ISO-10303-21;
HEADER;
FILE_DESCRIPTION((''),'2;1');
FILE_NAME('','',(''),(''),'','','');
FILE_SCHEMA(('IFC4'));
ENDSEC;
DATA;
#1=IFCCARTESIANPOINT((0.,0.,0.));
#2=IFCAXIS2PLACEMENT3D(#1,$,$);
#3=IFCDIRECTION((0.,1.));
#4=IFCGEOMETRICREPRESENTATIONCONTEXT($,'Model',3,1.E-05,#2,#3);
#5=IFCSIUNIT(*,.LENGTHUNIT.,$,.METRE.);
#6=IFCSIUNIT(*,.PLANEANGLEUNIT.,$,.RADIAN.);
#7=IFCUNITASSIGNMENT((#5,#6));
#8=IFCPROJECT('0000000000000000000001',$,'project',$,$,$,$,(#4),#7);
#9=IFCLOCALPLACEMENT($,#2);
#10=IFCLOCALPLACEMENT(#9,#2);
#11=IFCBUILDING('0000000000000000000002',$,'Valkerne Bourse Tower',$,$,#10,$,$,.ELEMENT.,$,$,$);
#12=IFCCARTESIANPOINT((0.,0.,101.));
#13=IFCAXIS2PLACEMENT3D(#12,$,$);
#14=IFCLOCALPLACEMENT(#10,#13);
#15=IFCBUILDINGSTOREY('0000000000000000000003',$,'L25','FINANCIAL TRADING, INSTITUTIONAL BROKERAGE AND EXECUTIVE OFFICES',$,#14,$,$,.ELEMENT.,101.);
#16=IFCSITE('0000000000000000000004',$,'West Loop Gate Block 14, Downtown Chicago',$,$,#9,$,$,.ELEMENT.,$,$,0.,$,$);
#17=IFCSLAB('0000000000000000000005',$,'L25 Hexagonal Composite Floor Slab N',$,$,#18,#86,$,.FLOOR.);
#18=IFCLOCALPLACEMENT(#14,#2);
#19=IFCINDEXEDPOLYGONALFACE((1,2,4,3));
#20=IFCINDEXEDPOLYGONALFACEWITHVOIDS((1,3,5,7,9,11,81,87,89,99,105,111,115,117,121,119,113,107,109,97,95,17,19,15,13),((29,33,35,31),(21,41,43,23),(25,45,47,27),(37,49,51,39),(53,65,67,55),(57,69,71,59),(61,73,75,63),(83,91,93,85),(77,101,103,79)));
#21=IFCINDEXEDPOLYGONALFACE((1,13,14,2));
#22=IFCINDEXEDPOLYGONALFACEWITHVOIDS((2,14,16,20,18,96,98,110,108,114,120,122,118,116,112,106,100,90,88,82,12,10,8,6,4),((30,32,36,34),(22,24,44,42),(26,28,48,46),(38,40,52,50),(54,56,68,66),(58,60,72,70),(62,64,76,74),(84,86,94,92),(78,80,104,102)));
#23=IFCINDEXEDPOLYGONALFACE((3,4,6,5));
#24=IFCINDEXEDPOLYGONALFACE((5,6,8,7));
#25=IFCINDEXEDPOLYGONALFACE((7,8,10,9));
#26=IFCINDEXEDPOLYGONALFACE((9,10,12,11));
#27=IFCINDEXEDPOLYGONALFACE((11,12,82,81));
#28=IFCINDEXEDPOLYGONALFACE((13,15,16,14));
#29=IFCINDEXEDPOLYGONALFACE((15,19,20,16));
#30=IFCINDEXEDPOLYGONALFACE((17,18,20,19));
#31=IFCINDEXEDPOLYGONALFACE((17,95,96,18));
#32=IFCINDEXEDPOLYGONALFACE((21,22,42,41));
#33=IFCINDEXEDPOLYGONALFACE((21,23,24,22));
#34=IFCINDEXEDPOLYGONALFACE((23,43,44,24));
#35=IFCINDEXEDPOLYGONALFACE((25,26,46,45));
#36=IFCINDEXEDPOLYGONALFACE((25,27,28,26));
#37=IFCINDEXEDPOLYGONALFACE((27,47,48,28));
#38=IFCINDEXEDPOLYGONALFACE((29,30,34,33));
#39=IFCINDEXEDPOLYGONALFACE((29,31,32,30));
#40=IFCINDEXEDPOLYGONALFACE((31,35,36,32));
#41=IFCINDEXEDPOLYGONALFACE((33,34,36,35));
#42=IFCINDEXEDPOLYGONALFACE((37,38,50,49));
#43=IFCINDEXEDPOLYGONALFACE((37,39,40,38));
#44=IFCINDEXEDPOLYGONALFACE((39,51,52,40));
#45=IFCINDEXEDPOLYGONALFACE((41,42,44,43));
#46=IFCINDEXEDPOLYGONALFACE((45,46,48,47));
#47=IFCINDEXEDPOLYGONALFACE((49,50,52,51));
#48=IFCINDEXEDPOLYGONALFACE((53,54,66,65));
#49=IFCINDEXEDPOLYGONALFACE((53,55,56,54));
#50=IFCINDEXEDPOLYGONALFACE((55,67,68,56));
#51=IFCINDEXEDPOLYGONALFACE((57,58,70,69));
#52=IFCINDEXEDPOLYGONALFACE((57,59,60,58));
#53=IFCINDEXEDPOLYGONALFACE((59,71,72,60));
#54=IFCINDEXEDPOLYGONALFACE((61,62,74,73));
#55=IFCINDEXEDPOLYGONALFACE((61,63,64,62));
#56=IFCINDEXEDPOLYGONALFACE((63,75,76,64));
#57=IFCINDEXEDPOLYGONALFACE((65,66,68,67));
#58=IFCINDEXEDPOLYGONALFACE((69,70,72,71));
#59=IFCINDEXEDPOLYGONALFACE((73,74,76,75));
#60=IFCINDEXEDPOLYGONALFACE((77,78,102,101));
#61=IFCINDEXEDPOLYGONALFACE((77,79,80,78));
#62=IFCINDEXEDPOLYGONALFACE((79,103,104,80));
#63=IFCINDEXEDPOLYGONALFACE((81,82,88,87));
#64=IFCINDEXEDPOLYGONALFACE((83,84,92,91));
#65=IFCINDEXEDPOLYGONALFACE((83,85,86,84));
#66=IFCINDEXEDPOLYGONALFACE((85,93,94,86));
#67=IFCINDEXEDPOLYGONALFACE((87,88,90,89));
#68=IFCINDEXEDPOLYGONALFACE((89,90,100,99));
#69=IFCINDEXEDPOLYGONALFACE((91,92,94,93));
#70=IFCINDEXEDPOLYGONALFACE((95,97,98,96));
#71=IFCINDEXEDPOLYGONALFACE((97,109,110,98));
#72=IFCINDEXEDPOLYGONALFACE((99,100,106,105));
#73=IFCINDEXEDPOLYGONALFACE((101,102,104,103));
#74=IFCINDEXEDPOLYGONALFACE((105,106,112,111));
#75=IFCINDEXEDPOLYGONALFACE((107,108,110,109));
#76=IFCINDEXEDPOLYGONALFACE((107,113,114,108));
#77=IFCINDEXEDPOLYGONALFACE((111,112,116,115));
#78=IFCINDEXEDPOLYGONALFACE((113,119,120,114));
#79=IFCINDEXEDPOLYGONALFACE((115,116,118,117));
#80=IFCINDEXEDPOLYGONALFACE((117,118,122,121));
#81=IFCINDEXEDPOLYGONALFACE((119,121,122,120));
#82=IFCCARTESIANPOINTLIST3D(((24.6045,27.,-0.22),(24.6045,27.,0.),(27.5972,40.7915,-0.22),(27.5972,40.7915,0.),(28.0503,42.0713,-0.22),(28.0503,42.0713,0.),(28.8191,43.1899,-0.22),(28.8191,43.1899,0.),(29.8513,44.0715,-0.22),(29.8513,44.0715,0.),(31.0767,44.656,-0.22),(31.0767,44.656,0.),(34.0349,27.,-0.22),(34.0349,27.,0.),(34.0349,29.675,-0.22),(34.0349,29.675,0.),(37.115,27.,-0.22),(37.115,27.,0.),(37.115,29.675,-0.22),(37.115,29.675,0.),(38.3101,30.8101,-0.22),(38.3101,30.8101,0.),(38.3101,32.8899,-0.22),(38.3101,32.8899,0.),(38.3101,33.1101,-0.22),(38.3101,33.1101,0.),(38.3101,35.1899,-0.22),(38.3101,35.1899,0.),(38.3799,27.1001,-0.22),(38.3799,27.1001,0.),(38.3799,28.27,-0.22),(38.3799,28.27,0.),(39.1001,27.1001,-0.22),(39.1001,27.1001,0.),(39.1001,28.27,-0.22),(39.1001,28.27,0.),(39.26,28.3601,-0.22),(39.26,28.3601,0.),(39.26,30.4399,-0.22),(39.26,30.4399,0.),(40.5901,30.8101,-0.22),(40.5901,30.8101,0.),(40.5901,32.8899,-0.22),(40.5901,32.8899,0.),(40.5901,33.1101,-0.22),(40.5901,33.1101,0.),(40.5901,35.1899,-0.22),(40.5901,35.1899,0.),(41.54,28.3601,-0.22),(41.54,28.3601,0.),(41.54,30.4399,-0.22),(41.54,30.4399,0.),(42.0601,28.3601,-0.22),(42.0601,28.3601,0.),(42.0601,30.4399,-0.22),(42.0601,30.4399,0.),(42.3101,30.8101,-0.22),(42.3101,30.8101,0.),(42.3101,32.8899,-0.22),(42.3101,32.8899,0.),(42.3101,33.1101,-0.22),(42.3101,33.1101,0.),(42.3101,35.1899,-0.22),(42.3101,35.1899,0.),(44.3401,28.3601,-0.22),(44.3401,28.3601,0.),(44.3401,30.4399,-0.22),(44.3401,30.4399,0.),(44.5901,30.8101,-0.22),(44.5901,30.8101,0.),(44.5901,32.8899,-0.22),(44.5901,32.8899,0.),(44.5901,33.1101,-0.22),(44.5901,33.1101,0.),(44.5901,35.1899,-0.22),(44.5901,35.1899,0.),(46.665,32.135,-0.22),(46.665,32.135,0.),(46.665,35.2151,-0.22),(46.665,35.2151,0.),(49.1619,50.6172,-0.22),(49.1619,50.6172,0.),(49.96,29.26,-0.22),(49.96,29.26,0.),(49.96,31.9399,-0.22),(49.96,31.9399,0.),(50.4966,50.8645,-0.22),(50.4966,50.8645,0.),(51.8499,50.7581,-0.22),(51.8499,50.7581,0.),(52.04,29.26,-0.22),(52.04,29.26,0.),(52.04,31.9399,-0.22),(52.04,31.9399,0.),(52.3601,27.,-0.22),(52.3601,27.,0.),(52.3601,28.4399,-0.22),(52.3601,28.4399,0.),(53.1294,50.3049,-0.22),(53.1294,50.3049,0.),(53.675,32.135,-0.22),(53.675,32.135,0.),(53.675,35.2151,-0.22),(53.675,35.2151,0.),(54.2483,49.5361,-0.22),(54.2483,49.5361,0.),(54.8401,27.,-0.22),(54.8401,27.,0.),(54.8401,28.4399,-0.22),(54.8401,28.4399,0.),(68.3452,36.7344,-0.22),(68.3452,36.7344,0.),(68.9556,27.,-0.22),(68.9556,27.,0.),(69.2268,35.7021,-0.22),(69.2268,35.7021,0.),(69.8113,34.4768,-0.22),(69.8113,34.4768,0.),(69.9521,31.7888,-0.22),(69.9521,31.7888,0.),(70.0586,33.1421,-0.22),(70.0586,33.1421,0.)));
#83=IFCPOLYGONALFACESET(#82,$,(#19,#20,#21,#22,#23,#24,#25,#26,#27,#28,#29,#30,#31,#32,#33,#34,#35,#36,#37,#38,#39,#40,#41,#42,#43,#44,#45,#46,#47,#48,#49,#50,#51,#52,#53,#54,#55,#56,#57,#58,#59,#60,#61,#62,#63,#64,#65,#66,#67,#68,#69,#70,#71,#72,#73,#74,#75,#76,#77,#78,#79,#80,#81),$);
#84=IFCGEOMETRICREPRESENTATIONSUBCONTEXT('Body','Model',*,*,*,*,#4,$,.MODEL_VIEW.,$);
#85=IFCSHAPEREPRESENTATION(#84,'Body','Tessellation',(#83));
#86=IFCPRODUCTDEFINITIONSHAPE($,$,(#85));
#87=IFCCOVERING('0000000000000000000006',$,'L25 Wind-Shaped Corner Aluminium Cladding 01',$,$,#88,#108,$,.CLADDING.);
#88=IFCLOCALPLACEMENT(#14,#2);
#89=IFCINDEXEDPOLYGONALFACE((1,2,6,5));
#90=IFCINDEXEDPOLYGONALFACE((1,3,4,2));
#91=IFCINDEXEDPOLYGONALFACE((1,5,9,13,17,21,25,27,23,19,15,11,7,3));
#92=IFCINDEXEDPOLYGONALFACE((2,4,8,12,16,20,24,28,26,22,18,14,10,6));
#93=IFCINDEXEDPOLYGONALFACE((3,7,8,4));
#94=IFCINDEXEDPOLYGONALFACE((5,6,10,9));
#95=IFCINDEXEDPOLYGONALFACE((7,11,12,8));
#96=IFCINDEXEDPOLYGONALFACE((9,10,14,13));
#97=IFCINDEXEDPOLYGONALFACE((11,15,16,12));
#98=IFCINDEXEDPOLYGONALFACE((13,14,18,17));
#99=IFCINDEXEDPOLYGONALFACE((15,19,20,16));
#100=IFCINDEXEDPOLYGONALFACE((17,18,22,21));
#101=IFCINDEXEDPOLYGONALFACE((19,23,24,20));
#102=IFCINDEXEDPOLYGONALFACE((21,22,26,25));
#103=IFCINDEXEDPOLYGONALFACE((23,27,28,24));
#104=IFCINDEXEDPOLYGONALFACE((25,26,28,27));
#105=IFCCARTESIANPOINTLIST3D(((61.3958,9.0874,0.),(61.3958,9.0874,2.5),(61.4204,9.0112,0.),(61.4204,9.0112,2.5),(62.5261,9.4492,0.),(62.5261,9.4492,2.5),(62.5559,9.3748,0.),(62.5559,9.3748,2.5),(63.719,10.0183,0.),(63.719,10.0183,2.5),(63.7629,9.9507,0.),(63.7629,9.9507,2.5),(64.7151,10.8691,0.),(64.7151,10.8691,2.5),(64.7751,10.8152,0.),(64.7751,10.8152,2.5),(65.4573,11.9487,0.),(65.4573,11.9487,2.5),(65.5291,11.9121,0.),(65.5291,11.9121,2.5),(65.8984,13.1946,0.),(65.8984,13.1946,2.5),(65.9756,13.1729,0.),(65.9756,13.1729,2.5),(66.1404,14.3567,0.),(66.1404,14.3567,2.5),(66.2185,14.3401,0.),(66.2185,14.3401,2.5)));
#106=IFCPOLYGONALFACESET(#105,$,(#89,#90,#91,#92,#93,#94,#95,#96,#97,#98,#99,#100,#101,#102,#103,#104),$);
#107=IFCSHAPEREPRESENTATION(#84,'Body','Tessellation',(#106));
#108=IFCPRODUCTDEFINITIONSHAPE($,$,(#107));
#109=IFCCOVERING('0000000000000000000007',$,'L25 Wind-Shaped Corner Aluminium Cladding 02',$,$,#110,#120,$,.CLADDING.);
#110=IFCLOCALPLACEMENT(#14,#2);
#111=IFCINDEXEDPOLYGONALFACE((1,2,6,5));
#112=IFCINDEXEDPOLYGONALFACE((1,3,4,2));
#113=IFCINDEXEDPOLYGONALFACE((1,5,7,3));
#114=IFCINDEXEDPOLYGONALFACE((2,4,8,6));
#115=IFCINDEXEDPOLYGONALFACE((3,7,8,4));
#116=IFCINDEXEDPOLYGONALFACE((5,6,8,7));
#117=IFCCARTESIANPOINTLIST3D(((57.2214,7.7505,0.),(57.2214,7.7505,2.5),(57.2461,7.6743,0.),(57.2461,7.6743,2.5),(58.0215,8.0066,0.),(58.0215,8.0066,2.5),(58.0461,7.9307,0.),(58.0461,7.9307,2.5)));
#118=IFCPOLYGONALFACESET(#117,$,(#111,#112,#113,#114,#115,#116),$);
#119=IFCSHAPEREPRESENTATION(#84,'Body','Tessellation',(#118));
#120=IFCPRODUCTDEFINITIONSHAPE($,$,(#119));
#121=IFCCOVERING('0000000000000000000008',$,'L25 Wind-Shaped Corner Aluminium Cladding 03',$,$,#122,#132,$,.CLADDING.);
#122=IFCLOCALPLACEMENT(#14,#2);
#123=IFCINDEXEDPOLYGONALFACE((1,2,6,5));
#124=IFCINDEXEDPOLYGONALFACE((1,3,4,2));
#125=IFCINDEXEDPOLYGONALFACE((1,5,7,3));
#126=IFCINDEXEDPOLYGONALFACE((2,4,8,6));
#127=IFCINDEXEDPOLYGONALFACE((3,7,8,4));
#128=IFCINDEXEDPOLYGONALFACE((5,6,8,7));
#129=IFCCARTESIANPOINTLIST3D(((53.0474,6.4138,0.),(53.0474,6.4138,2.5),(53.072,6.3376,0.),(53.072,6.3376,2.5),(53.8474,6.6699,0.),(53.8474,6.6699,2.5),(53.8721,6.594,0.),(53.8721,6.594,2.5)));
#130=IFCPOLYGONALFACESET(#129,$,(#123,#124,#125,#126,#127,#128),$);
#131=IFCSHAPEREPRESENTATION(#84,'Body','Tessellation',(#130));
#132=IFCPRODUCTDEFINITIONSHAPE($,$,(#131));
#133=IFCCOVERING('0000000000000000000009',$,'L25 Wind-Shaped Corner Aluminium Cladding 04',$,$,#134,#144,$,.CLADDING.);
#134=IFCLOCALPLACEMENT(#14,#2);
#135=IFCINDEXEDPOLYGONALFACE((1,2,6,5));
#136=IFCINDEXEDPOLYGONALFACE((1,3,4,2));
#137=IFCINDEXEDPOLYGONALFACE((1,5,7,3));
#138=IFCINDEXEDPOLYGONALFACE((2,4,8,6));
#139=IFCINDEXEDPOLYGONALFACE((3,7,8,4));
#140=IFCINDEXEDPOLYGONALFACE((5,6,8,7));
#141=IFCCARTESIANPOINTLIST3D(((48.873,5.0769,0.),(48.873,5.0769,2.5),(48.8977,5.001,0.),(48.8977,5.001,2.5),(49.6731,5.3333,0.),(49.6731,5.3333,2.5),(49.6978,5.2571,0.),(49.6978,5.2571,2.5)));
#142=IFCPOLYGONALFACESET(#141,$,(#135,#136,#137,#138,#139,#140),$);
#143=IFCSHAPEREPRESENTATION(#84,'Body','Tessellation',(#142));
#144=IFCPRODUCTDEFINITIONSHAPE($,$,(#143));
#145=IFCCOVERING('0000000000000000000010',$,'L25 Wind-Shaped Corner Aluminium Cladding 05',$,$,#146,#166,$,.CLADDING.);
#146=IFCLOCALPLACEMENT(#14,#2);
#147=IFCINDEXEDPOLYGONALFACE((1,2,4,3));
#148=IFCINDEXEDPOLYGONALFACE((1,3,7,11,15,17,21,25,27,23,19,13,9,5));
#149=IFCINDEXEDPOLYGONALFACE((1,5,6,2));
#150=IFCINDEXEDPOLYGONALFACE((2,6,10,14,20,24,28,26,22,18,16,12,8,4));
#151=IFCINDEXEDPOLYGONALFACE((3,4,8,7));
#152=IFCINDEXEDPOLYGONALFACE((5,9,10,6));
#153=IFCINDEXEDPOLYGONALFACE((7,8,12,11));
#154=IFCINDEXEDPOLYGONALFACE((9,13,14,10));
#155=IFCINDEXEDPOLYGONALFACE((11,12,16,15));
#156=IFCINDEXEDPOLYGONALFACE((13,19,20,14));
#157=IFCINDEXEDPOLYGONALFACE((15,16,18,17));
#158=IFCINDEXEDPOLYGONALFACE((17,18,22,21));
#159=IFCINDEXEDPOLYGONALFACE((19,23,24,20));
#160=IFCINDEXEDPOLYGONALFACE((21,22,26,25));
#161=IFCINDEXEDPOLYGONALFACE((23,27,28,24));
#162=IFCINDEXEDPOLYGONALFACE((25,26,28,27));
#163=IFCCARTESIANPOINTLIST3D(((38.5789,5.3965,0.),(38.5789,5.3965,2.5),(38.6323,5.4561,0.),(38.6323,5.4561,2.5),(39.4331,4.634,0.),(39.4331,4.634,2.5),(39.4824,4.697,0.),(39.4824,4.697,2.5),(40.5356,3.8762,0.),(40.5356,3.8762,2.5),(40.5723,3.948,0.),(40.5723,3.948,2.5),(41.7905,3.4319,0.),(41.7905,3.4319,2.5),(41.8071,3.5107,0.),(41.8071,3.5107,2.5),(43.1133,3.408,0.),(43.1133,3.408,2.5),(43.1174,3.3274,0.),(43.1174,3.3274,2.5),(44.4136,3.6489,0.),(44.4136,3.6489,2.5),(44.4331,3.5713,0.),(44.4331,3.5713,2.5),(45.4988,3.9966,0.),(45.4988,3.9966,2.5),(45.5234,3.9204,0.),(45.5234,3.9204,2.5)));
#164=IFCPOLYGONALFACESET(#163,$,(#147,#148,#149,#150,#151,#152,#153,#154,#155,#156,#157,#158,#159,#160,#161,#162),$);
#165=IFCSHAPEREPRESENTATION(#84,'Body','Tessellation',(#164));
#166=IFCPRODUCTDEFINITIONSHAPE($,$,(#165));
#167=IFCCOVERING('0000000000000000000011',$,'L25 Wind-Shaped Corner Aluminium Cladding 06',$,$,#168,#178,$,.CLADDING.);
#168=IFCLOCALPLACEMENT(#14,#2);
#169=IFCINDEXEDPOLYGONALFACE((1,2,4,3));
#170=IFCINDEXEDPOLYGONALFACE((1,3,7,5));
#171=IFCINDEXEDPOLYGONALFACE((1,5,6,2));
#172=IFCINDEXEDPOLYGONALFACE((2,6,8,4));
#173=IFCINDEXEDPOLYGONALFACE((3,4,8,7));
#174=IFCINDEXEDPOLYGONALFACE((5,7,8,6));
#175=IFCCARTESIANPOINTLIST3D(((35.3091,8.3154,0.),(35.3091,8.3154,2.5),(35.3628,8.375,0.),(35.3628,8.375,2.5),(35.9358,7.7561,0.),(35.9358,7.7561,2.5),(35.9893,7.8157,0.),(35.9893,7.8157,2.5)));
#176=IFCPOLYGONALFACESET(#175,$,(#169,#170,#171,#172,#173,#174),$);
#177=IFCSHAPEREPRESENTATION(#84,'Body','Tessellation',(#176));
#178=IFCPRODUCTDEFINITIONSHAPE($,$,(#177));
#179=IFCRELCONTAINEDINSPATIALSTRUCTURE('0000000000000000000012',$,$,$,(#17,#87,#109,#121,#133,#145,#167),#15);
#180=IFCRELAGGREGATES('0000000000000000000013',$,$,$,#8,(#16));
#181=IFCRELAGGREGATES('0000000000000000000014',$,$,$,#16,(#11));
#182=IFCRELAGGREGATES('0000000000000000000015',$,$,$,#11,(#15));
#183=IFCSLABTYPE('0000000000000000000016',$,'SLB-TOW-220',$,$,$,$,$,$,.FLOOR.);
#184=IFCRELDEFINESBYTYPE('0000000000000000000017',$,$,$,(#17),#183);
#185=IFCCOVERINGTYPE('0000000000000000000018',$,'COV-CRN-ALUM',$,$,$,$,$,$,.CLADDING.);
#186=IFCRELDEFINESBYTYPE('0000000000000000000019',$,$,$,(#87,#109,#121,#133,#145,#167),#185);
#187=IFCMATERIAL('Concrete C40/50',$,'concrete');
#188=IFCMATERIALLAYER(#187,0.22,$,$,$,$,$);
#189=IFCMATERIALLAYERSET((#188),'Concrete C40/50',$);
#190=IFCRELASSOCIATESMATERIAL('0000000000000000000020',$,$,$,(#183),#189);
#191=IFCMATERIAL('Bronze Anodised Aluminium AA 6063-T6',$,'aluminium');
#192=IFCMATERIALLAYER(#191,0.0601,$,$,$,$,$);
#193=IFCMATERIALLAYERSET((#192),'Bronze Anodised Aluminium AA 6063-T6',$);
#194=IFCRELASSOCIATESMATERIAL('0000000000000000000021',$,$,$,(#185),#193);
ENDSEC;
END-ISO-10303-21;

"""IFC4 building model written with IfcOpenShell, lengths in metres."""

from ifc_helpers import new_model, si_unit, direction, frame, origin, place, context, subcontext, project, spatial, polyline, outline, extrude, material, layer, layer_set, type_object, element, save


model = new_model("IFC4")

# Units and contexts
model_context = context("Model", 3, precision=1e-05, world=origin(), true_north=direction((0.0, 1.0)))
body_context = subcontext(model_context, "Body", "Model", "MODEL_VIEW")
ifc_project = project(units=[si_unit("LENGTHUNIT", "METRE"), si_unit("PLANEANGLEUNIT", "RADIAN")], contexts=[model_context])

# Site, building, storey
site_placement = place(None, origin())
site = spatial("IfcSite", under=ifc_project, at=site_placement, Name="West Loop Gate Block 14, Downtown Chicago", CompositionType="ELEMENT", RefElevation=0.0)
building_placement = place(site_placement, origin())
building = spatial("IfcBuilding", under=site, at=building_placement, Name="Valkerne Bourse Tower", CompositionType="ELEMENT")
storey_placement = place(building_placement, frame((0.0, 0.0, 101.0)))
storey = spatial("IfcBuildingStorey", under=building, at=storey_placement, Name="L25", Description="FINANCIAL TRADING, INSTITUTIONAL BROKERAGE AND EXECUTIVE OFFICES", CompositionType="ELEMENT", Elevation=101.0)

# Slab
ifc_material_1 = material(Name="Concrete C40/50", Category="concrete")
ifc_layer_1 = layer(ifc_material_1, 0.22)
ifc_layer_set_1 = layer_set([ifc_layer_1], Name="Concrete C40/50")
slab_type_1 = type_object("IfcSlabType", Name="SLB-TOW-220", PredefinedType="FLOOR", material=ifc_layer_set_1)
slab_1_placement = place(storey_placement, frame((0.0, 0.0, -0.22)))
element("IfcSlab", 1, at=slab_1_placement, inside=storey, type_object=slab_type_1, Name="L25 Hexagonal Composite Floor Slab N", PredefinedType="FLOOR", context=body_context, shape_type="SweptSolid", body=[
    extrude(outline(polyline([(27.5972, 40.7915), (28.0503, 42.0713), (28.8191, 43.1899), (29.8513, 44.0715), (31.0767, 44.656), (49.1619, 50.6172), (50.4966, 50.8645), (51.8499, 50.7581), (53.1294, 50.3049), (54.2483, 49.5361), (68.3452, 36.7344), (69.2268, 35.7021), (69.8113, 34.4768), (70.0586, 33.1421), (69.9521, 31.7888), (68.9556, 27.0), (54.8401, 27.0), (54.8401, 28.4399), (52.3601, 28.4399), (52.3601, 27.0), (37.115, 27.0), (37.115, 29.675), (34.0349, 29.675), (34.0349, 27.0), (24.6045, 27.0), (27.5972, 40.7915)]), holes=[polyline([(39.1001, 28.27), (38.3799, 28.27), (38.3799, 27.1001), (39.1001, 27.1001), (39.1001, 28.27)]), polyline([(41.54, 30.4399), (39.26, 30.4399), (39.26, 28.3601), (41.54, 28.3601), (41.54, 30.4399)]), polyline([(44.3401, 30.4399), (42.0601, 30.4399), (42.0601, 28.3601), (44.3401, 28.3601), (44.3401, 30.4399)]), polyline([(40.5901, 30.8101), (40.5901, 32.8899), (38.3101, 32.8899), (38.3101, 30.8101), (40.5901, 30.8101)]), polyline([(40.5901, 33.1101), (40.5901, 35.1899), (38.3101, 35.1899), (38.3101, 33.1101), (40.5901, 33.1101)]), polyline([(52.04, 31.9399), (49.96, 31.9399), (49.96, 29.26), (52.04, 29.26), (52.04, 31.9399)]), polyline([(44.5901, 32.8899), (42.3101, 32.8899), (42.3101, 30.8101), (44.5901, 30.8101), (44.5901, 32.8899)]), polyline([(53.675, 32.135), (53.675, 35.2151), (46.665, 35.2151), (46.665, 32.135), (53.675, 32.135)]), polyline([(44.5901, 33.1101), (44.5901, 35.1899), (42.3101, 35.1899), (42.3101, 33.1101), (44.5901, 33.1101)])]), origin(), (0.0, 0.0, 1.0), 0.22),
])

# Coverings
ifc_material_2 = material(Name="Bronze Anodised Aluminium AA 6063-T6", Category="aluminium")
ifc_layer_2 = layer(ifc_material_2, 0.0601)
ifc_layer_set_2 = layer_set([ifc_layer_2], Name="Bronze Anodised Aluminium AA 6063-T6")
covering_type = type_object("IfcCoveringType", Name="COV-CRN-ALUM", PredefinedType="CLADDING", material=ifc_layer_set_2)
covering_1_placement = place(storey_placement, origin())
element("IfcCovering", 2, at=covering_1_placement, inside=storey, type_object=covering_type, Name="L25 Wind-Shaped Corner Aluminium Cladding 01", PredefinedType="CLADDING", context=body_context, shape_type="SweptSolid", body=[
    extrude(outline(polyline([(65.5291, 11.9121), (64.7751, 10.8152), (63.7629, 9.9507), (62.5559, 9.3748), (61.4204, 9.0112), (61.3958, 9.0874), (62.5261, 9.4492), (63.719, 10.0183), (64.7151, 10.8691), (65.4573, 11.9487), (65.8984, 13.1946), (66.1404, 14.3567), (66.2185, 14.3401), (65.9756, 13.1729), (65.5291, 11.9121)])), origin(), (0.0, 0.0, 1.0), 2.5),
])
covering_2_placement = place(storey_placement, origin())
element("IfcCovering", 3, at=covering_2_placement, inside=storey, type_object=covering_type, Name="L25 Wind-Shaped Corner Aluminium Cladding 02", PredefinedType="CLADDING", context=body_context, shape_type="SweptSolid", body=[
    extrude(outline(polyline([(57.2461, 7.6743), (57.2214, 7.7505), (58.0215, 8.0066), (58.0461, 7.9307), (57.2461, 7.6743)])), origin(), (0.0, 0.0, 1.0), 2.5),
])
covering_3_placement = place(storey_placement, origin())
element("IfcCovering", 4, at=covering_3_placement, inside=storey, type_object=covering_type, Name="L25 Wind-Shaped Corner Aluminium Cladding 03", PredefinedType="CLADDING", context=body_context, shape_type="SweptSolid", body=[
    extrude(outline(polyline([(53.072, 6.3376), (53.0474, 6.4138), (53.8474, 6.6699), (53.8721, 6.594), (53.072, 6.3376)])), origin(), (0.0, 0.0, 1.0), 2.5),
])
covering_4_placement = place(storey_placement, origin())
element("IfcCovering", 5, at=covering_4_placement, inside=storey, type_object=covering_type, Name="L25 Wind-Shaped Corner Aluminium Cladding 04", PredefinedType="CLADDING", context=body_context, shape_type="SweptSolid", body=[
    extrude(outline(polyline([(48.8977, 5.001), (48.873, 5.0769), (49.6731, 5.3333), (49.6978, 5.2571), (48.8977, 5.001)])), origin(), (0.0, 0.0, 1.0), 2.5),
])
covering_5_placement = place(storey_placement, origin())
element("IfcCovering", 6, at=covering_5_placement, inside=storey, type_object=covering_type, Name="L25 Wind-Shaped Corner Aluminium Cladding 05", PredefinedType="CLADDING", context=body_context, shape_type="SweptSolid", body=[
    extrude(outline(polyline([(44.4331, 3.5713), (43.1174, 3.3274), (41.7905, 3.4319), (40.5356, 3.8762), (39.4331, 4.634), (38.5789, 5.3965), (38.6323, 5.4561), (39.4824, 4.697), (40.5723, 3.948), (41.8071, 3.5107), (43.1133, 3.408), (44.4136, 3.6489), (45.4988, 3.9966), (45.5234, 3.9204), (44.4331, 3.5713)])), origin(), (0.0, 0.0, 1.0), 2.5),
])
covering_6_placement = place(storey_placement, origin())
element("IfcCovering", 7, at=covering_6_placement, inside=storey, type_object=covering_type, Name="L25 Wind-Shaped Corner Aluminium Cladding 06", PredefinedType="CLADDING", context=body_context, shape_type="SweptSolid", body=[
    extrude(outline(polyline([(35.3091, 8.3154), (35.3628, 8.375), (35.9893, 7.8157), (35.9358, 7.7561), (35.3091, 8.3154)])), origin(), (0.0, 0.0, 1.0), 2.5),
])

save(model, "model.ifc")
